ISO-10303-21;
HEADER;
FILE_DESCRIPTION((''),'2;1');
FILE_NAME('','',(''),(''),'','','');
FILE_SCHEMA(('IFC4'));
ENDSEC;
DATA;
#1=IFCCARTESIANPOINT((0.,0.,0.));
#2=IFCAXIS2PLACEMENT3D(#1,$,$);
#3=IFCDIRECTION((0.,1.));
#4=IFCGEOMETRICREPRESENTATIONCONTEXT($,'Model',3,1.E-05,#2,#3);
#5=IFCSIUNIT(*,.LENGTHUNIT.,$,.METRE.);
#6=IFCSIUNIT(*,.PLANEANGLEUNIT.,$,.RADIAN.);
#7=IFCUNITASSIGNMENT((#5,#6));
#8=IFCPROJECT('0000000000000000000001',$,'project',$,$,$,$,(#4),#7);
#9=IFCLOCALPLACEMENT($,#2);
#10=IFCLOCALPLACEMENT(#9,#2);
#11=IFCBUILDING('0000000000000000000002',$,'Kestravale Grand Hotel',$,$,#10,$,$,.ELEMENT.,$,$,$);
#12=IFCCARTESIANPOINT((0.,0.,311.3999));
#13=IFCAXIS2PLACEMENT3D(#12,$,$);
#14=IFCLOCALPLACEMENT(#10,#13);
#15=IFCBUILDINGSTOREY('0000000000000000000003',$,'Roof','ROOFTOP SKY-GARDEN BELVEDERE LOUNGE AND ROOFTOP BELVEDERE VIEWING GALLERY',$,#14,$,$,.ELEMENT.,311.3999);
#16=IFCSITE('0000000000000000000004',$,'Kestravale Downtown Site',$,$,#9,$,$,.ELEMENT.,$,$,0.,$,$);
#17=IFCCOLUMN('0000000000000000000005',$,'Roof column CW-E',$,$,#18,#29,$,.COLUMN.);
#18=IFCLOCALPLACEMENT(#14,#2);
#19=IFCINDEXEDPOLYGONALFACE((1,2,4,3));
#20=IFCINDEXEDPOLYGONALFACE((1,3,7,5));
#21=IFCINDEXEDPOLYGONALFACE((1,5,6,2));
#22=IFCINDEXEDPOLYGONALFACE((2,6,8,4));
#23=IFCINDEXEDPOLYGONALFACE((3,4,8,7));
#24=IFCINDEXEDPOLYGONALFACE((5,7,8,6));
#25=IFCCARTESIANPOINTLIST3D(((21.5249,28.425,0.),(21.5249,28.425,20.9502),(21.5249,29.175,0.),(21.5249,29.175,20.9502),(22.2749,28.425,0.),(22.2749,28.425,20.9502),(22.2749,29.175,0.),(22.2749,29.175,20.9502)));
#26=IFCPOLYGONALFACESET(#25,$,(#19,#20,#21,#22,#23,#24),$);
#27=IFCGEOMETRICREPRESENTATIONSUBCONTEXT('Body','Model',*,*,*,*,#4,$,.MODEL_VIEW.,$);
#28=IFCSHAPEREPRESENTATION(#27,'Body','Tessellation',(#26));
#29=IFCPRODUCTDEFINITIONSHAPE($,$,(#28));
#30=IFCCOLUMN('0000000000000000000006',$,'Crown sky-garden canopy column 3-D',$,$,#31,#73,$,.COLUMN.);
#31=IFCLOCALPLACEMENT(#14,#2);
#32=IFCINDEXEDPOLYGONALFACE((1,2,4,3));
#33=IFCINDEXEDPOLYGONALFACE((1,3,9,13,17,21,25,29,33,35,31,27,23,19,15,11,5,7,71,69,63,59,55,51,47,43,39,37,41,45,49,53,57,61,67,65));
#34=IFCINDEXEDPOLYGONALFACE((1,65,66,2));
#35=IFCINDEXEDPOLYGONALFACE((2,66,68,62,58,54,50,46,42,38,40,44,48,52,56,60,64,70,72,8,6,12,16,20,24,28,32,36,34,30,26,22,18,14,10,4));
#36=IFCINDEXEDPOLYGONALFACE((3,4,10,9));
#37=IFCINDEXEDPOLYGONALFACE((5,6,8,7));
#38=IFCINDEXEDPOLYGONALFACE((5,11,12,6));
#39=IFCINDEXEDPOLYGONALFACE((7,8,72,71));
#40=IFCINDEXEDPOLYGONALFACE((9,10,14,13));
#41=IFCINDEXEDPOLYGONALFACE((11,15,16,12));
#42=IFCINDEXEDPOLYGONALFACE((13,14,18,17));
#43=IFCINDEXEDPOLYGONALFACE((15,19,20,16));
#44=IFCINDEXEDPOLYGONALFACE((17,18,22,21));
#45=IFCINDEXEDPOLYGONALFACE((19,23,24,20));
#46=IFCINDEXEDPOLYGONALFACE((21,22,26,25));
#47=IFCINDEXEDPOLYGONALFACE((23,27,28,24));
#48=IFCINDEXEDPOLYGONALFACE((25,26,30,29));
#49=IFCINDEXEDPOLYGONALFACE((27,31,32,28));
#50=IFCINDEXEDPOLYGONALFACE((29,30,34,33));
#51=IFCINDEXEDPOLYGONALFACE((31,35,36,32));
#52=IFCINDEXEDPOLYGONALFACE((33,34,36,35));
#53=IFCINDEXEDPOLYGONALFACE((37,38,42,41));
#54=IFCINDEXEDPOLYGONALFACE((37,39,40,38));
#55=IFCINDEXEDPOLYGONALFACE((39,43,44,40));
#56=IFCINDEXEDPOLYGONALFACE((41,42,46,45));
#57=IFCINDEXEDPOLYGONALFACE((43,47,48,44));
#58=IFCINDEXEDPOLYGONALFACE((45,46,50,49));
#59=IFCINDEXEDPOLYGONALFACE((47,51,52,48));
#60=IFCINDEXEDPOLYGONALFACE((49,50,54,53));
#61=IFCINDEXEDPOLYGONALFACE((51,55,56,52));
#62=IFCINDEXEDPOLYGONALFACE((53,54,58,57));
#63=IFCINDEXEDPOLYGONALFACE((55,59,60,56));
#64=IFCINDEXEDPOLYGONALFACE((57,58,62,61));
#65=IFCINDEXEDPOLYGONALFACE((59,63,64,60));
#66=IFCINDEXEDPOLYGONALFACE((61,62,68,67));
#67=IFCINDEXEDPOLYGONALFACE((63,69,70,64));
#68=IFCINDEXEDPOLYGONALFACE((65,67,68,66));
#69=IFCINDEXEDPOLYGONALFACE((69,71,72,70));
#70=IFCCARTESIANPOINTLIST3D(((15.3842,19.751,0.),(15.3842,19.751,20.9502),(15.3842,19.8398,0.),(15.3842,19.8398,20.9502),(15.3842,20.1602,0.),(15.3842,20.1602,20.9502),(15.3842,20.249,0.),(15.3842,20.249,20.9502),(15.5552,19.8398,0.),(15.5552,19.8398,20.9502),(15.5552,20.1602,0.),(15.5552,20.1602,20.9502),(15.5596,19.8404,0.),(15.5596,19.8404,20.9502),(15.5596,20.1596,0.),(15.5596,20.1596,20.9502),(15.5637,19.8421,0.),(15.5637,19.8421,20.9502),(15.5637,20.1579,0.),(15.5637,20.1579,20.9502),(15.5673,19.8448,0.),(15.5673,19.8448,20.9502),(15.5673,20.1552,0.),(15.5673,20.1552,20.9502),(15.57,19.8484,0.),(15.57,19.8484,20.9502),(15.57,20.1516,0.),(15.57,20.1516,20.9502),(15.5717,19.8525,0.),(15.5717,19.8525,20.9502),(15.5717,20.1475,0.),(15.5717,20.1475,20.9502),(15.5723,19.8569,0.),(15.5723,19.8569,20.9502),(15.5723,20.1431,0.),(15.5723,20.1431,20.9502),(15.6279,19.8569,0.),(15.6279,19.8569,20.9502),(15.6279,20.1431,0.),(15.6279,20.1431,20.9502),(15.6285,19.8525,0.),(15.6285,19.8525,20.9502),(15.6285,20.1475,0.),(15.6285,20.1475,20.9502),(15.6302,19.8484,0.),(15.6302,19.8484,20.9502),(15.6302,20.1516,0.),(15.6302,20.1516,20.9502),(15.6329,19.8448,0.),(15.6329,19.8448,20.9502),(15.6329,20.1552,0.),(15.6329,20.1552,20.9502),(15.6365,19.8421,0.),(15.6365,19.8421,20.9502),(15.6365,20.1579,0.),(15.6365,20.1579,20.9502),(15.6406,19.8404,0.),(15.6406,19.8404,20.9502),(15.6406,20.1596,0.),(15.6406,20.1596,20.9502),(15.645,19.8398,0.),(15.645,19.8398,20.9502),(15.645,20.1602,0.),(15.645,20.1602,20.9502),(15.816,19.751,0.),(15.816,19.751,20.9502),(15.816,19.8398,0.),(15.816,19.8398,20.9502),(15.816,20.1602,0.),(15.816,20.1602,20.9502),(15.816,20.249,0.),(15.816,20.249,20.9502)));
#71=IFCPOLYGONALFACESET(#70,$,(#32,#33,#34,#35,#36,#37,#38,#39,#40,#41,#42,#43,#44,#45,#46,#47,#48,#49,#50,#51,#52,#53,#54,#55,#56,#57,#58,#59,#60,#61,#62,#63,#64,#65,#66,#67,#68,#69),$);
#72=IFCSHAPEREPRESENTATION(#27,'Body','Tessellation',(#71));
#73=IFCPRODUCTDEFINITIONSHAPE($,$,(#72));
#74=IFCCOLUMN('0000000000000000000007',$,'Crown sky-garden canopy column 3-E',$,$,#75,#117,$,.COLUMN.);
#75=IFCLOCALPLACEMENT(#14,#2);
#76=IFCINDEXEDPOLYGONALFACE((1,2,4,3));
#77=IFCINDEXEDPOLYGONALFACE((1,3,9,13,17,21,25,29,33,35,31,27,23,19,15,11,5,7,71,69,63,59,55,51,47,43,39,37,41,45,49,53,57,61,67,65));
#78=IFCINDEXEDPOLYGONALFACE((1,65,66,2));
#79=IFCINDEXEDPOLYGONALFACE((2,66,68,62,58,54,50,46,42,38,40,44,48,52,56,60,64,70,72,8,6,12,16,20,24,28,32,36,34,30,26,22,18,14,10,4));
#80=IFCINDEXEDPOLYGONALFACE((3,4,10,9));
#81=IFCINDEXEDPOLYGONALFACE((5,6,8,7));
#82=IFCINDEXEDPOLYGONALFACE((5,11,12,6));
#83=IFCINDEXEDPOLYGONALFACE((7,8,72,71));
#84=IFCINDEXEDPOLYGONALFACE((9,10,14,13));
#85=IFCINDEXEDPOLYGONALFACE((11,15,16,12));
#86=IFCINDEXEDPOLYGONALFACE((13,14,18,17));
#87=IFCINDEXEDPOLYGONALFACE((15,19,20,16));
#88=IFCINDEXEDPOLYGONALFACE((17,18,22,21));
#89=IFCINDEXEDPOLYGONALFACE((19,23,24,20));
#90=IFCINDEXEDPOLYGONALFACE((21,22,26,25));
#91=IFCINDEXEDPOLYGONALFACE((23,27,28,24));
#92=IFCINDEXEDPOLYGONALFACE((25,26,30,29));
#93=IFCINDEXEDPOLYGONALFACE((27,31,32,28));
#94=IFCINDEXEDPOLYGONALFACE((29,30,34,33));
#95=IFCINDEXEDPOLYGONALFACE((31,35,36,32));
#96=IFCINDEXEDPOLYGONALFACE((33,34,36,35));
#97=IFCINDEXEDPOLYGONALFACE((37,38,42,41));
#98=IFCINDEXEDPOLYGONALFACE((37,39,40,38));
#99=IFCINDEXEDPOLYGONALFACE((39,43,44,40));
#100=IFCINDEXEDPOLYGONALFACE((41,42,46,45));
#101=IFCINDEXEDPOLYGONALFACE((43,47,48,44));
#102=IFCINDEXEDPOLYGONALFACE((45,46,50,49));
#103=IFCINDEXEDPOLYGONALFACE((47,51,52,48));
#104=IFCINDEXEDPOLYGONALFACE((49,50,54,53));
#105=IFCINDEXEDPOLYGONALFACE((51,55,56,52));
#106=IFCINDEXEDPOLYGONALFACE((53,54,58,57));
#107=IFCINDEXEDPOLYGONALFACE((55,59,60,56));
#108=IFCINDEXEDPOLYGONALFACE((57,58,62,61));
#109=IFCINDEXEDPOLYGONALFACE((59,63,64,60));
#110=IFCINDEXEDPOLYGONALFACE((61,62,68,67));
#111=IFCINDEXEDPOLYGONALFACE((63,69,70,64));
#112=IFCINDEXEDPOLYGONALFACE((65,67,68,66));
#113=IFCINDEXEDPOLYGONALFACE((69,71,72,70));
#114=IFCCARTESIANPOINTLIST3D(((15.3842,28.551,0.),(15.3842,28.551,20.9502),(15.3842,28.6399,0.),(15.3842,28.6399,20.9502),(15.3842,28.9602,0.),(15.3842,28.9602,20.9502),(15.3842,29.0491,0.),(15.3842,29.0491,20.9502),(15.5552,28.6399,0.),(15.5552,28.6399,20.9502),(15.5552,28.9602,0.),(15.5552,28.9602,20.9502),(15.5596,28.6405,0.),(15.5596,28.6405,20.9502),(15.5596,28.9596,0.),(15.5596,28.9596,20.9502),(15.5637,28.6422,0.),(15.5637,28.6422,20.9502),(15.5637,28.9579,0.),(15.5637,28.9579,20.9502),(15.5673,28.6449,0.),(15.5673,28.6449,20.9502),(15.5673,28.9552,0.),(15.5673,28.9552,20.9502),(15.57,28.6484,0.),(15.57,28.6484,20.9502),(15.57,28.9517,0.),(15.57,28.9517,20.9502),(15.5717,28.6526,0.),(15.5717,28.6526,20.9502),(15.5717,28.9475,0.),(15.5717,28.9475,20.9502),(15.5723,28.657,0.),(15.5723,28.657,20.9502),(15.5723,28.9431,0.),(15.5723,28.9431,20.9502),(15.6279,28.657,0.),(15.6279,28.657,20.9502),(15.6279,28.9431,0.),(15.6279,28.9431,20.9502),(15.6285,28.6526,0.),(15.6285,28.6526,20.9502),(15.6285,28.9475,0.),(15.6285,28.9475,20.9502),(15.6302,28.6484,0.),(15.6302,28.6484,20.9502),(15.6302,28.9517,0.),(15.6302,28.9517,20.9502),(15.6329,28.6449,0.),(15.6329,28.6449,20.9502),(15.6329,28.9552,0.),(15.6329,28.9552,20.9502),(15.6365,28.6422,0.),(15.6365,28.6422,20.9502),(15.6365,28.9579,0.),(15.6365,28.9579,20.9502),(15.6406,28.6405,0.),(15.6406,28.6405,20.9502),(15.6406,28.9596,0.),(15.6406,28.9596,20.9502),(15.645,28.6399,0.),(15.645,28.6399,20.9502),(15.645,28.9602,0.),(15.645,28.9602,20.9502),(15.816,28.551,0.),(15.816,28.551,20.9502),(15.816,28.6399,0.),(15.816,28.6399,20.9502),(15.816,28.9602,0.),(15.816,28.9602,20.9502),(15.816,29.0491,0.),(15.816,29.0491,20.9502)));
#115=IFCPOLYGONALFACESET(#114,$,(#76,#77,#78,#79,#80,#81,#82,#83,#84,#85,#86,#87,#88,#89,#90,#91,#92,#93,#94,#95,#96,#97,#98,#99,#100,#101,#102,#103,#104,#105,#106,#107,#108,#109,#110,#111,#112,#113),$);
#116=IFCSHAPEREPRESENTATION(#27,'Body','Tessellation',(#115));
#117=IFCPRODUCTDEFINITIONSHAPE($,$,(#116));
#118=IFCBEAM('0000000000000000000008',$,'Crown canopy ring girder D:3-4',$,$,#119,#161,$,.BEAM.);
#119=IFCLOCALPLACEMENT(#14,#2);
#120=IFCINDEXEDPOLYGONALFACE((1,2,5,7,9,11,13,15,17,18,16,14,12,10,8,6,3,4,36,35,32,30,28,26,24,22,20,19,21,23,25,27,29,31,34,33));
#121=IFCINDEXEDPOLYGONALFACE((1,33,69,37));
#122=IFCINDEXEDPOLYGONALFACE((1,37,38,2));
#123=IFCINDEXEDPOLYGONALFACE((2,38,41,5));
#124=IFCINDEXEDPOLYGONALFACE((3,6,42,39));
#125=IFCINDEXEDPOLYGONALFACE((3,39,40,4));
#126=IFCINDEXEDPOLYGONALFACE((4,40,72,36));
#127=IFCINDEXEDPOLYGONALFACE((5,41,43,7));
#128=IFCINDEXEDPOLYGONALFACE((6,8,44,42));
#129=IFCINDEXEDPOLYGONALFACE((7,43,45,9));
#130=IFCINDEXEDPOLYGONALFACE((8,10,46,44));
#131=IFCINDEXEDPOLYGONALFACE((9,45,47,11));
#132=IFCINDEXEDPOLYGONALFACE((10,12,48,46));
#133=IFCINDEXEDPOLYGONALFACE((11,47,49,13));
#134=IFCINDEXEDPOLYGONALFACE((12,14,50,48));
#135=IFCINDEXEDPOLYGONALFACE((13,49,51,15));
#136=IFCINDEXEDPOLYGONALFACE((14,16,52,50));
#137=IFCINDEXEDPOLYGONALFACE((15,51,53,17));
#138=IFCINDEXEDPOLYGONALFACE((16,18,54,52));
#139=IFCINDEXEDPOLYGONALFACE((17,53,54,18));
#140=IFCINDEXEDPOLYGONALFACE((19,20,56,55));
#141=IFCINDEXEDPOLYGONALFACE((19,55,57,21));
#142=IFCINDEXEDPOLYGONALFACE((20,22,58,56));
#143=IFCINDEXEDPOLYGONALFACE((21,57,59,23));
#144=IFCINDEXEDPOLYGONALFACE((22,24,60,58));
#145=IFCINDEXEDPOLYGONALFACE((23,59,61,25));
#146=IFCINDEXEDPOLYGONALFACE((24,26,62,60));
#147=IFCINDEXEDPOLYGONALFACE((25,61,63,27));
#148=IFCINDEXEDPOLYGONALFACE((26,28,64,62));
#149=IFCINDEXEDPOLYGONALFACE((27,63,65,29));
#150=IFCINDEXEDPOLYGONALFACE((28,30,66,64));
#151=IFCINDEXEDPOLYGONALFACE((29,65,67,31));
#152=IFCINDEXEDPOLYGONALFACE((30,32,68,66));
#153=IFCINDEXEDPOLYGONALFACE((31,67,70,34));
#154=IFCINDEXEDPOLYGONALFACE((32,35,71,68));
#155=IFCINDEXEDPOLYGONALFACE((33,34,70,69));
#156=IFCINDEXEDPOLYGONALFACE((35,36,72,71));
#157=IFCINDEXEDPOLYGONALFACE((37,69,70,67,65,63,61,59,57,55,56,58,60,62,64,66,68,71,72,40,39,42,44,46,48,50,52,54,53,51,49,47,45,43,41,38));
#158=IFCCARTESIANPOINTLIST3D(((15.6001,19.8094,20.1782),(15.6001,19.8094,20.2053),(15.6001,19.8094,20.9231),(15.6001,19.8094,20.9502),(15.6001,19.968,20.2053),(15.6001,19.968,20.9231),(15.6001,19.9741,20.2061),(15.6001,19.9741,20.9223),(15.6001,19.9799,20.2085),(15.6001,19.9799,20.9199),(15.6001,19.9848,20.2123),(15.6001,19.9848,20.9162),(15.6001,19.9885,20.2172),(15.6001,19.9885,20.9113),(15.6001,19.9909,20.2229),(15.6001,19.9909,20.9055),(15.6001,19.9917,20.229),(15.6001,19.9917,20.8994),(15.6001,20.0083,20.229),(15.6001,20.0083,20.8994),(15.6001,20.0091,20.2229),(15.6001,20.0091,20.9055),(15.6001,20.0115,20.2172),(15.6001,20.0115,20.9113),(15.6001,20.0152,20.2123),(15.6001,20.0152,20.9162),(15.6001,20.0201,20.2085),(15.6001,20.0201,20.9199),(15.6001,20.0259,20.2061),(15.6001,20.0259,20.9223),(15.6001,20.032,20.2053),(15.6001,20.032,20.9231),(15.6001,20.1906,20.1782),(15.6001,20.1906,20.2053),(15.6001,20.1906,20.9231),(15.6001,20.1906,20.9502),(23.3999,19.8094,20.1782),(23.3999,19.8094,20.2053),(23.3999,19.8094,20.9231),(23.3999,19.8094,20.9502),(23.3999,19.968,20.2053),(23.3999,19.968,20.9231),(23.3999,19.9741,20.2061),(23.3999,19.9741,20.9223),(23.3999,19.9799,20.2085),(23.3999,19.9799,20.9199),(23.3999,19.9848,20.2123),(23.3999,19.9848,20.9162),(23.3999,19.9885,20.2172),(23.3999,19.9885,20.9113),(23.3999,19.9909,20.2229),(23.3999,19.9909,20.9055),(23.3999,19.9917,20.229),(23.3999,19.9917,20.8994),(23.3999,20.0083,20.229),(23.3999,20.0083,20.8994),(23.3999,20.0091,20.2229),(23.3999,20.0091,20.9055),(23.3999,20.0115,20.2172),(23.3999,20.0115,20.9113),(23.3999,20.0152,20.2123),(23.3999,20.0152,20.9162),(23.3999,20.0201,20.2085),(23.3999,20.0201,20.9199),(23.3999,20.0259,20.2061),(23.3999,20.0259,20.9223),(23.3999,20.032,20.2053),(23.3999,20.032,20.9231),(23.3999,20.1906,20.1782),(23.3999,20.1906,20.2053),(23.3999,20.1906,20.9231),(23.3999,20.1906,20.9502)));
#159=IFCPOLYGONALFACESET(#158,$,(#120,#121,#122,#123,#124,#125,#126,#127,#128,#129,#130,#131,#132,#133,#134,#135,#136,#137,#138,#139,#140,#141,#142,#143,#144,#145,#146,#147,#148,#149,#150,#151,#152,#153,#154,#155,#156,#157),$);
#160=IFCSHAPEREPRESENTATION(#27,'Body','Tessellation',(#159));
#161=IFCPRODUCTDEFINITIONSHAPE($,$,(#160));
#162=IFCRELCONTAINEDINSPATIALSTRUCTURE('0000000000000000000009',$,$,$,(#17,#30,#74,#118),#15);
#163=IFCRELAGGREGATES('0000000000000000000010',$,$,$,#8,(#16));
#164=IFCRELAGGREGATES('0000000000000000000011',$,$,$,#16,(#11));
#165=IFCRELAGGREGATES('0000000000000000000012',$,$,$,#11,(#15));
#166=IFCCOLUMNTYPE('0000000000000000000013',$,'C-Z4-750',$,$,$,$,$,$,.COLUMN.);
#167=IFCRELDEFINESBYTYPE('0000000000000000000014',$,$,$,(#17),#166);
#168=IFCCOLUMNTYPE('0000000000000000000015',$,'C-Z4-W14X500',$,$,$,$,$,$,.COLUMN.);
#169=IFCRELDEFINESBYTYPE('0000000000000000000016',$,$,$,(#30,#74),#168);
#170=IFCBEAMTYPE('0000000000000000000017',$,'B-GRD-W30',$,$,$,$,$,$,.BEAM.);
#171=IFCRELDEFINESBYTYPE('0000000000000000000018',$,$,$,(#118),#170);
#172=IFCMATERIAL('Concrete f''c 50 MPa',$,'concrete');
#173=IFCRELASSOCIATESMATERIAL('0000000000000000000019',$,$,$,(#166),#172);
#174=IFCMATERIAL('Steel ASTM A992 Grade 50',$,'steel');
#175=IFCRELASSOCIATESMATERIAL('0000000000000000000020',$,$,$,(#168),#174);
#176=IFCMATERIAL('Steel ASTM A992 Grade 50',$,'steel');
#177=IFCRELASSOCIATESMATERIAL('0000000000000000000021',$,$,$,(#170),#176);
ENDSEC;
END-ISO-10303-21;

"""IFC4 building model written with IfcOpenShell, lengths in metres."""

from ifc_helpers import new_model, si_unit, direction, frame, origin, origin_2d, place, context, subcontext, project, spatial, rectangle, i_section, extrude, material, material_profile, profile_set, type_object, element, save


model = new_model("IFC4")

# Units and contexts
model_context = context("Model", 3, precision=1e-05, world=origin(), true_north=direction((0.0, 1.0)))
body_context = subcontext(model_context, "Body", "Model", "MODEL_VIEW")
ifc_project = project(units=[si_unit("LENGTHUNIT", "METRE"), si_unit("PLANEANGLEUNIT", "RADIAN")], contexts=[model_context])

# Site, building, storey
site_placement = place(None, origin())
site = spatial("IfcSite", under=ifc_project, at=site_placement, Name="Kestravale Downtown Site", CompositionType="ELEMENT", RefElevation=0.0)
building_placement = place(site_placement, origin())
building = spatial("IfcBuilding", under=site, at=building_placement, Name="Kestravale Grand Hotel", CompositionType="ELEMENT")
storey_placement = place(building_placement, frame((0.0, 0.0, 311.3999)))
storey = spatial("IfcBuildingStorey", under=building, at=storey_placement, Name="Roof", Description="ROOFTOP SKY-GARDEN BELVEDERE LOUNGE AND ROOFTOP BELVEDERE VIEWING GALLERY", CompositionType="ELEMENT", Elevation=311.3999)

# Columns
ifc_material_1 = material(Name="Concrete f'c 50 MPa", Category="concrete")
ifc_material_profile_1 = material_profile(ifc_material_1, rectangle(XDim=0.75, YDim=0.75, at=origin_2d()))
ifc_profile_set_1 = profile_set([ifc_material_profile_1], Name="Concrete f'c 50 MPa")
column_type_1 = type_object("IfcColumnType", Name="C-Z4-750", PredefinedType="COLUMN", material=ifc_profile_set_1)
column_placement = place(storey_placement, frame((21.8999, 28.8, 0.0), z_axis=(0.0, 0.0, 1.0), x_axis=(1.0, 0.0, 0.0)))
element("IfcColumn", 1, at=column_placement, inside=storey, type_object=column_type_1, Name="Roof column CW-E", PredefinedType="COLUMN", context=body_context, shape_type="SweptSolid", body=[
    extrude(rectangle(XDim=0.75, YDim=0.75, at=origin_2d()), origin(), (0.0, 0.0, 1.0), 20.9502),
])
ifc_material_2 = material(Name="Steel ASTM A992 Grade 50", Category="steel")
ifc_material_profile_2 = material_profile(ifc_material_2, i_section(OverallWidth=0.4319, OverallDepth=0.498, WebThickness=0.0557, FlangeThickness=0.0889, FilletRadius=0.0171, at=origin_2d()))
ifc_profile_set_2 = profile_set([ifc_material_profile_2], Name="Steel ASTM A992 Grade 50")
column_type_2 = type_object("IfcColumnType", Name="C-Z4-W14X500", PredefinedType="COLUMN", material=ifc_profile_set_2)
for number, where, z_axis, x_axis, name in (
    (2, (15.6001, 20.0, 0.0), (0.0, 0.0, 1.0), (1.0, 0.0, 0.0), "Crown sky-garden canopy column 3-D"),
    (3, (15.6001, 28.8, 0.0), (0.0, 0.0, 1.0), (1.0, 0.0, 0.0), "Crown sky-garden canopy column 3-E"),
):
    element("IfcColumn", number, at=place(storey_placement, frame(where, z_axis=z_axis, x_axis=x_axis)), inside=storey, type_object=column_type_2, Name=name, PredefinedType="COLUMN", context=body_context, shape_type="SweptSolid", body=[
        extrude(i_section(OverallWidth=0.4319, OverallDepth=0.498, WebThickness=0.0557, FlangeThickness=0.0889, FilletRadius=0.0171, at=origin_2d()), origin(), (0.0, 0.0, 1.0), 20.9502),
    ])

# Beam
ifc_material_3 = material(Name="Steel ASTM A992 Grade 50", Category="steel")
ifc_material_profile_3 = material_profile(ifc_material_3, i_section(OverallWidth=0.3811, OverallDepth=0.772, WebThickness=0.0166, FlangeThickness=0.0271, FilletRadius=0.0237, at=origin_2d()))
ifc_profile_set_3 = profile_set([ifc_material_profile_3], Name="Steel ASTM A992 Grade 50")
beam_type = type_object("IfcBeamType", Name="B-GRD-W30", PredefinedType="BEAM", material=ifc_profile_set_3)
beam_1_placement = place(storey_placement, frame((15.6001, 20.0, 20.5642), z_axis=(1.0, 0.0, 0.0), x_axis=(0.0, 1.0, 0.0)))
element("IfcBeam", 4, at=beam_1_placement, inside=storey, type_object=beam_type, Name="Crown canopy ring girder D:3-4", PredefinedType="BEAM", context=body_context, shape_type="SweptSolid", body=[
    extrude(i_section(OverallWidth=0.3811, OverallDepth=0.772, WebThickness=0.0166, FlangeThickness=0.0271, FilletRadius=0.0237, at=origin_2d()), origin(), (0.0, 0.0, 1.0), 7.7998),
])

save(model, "model.ifc")
